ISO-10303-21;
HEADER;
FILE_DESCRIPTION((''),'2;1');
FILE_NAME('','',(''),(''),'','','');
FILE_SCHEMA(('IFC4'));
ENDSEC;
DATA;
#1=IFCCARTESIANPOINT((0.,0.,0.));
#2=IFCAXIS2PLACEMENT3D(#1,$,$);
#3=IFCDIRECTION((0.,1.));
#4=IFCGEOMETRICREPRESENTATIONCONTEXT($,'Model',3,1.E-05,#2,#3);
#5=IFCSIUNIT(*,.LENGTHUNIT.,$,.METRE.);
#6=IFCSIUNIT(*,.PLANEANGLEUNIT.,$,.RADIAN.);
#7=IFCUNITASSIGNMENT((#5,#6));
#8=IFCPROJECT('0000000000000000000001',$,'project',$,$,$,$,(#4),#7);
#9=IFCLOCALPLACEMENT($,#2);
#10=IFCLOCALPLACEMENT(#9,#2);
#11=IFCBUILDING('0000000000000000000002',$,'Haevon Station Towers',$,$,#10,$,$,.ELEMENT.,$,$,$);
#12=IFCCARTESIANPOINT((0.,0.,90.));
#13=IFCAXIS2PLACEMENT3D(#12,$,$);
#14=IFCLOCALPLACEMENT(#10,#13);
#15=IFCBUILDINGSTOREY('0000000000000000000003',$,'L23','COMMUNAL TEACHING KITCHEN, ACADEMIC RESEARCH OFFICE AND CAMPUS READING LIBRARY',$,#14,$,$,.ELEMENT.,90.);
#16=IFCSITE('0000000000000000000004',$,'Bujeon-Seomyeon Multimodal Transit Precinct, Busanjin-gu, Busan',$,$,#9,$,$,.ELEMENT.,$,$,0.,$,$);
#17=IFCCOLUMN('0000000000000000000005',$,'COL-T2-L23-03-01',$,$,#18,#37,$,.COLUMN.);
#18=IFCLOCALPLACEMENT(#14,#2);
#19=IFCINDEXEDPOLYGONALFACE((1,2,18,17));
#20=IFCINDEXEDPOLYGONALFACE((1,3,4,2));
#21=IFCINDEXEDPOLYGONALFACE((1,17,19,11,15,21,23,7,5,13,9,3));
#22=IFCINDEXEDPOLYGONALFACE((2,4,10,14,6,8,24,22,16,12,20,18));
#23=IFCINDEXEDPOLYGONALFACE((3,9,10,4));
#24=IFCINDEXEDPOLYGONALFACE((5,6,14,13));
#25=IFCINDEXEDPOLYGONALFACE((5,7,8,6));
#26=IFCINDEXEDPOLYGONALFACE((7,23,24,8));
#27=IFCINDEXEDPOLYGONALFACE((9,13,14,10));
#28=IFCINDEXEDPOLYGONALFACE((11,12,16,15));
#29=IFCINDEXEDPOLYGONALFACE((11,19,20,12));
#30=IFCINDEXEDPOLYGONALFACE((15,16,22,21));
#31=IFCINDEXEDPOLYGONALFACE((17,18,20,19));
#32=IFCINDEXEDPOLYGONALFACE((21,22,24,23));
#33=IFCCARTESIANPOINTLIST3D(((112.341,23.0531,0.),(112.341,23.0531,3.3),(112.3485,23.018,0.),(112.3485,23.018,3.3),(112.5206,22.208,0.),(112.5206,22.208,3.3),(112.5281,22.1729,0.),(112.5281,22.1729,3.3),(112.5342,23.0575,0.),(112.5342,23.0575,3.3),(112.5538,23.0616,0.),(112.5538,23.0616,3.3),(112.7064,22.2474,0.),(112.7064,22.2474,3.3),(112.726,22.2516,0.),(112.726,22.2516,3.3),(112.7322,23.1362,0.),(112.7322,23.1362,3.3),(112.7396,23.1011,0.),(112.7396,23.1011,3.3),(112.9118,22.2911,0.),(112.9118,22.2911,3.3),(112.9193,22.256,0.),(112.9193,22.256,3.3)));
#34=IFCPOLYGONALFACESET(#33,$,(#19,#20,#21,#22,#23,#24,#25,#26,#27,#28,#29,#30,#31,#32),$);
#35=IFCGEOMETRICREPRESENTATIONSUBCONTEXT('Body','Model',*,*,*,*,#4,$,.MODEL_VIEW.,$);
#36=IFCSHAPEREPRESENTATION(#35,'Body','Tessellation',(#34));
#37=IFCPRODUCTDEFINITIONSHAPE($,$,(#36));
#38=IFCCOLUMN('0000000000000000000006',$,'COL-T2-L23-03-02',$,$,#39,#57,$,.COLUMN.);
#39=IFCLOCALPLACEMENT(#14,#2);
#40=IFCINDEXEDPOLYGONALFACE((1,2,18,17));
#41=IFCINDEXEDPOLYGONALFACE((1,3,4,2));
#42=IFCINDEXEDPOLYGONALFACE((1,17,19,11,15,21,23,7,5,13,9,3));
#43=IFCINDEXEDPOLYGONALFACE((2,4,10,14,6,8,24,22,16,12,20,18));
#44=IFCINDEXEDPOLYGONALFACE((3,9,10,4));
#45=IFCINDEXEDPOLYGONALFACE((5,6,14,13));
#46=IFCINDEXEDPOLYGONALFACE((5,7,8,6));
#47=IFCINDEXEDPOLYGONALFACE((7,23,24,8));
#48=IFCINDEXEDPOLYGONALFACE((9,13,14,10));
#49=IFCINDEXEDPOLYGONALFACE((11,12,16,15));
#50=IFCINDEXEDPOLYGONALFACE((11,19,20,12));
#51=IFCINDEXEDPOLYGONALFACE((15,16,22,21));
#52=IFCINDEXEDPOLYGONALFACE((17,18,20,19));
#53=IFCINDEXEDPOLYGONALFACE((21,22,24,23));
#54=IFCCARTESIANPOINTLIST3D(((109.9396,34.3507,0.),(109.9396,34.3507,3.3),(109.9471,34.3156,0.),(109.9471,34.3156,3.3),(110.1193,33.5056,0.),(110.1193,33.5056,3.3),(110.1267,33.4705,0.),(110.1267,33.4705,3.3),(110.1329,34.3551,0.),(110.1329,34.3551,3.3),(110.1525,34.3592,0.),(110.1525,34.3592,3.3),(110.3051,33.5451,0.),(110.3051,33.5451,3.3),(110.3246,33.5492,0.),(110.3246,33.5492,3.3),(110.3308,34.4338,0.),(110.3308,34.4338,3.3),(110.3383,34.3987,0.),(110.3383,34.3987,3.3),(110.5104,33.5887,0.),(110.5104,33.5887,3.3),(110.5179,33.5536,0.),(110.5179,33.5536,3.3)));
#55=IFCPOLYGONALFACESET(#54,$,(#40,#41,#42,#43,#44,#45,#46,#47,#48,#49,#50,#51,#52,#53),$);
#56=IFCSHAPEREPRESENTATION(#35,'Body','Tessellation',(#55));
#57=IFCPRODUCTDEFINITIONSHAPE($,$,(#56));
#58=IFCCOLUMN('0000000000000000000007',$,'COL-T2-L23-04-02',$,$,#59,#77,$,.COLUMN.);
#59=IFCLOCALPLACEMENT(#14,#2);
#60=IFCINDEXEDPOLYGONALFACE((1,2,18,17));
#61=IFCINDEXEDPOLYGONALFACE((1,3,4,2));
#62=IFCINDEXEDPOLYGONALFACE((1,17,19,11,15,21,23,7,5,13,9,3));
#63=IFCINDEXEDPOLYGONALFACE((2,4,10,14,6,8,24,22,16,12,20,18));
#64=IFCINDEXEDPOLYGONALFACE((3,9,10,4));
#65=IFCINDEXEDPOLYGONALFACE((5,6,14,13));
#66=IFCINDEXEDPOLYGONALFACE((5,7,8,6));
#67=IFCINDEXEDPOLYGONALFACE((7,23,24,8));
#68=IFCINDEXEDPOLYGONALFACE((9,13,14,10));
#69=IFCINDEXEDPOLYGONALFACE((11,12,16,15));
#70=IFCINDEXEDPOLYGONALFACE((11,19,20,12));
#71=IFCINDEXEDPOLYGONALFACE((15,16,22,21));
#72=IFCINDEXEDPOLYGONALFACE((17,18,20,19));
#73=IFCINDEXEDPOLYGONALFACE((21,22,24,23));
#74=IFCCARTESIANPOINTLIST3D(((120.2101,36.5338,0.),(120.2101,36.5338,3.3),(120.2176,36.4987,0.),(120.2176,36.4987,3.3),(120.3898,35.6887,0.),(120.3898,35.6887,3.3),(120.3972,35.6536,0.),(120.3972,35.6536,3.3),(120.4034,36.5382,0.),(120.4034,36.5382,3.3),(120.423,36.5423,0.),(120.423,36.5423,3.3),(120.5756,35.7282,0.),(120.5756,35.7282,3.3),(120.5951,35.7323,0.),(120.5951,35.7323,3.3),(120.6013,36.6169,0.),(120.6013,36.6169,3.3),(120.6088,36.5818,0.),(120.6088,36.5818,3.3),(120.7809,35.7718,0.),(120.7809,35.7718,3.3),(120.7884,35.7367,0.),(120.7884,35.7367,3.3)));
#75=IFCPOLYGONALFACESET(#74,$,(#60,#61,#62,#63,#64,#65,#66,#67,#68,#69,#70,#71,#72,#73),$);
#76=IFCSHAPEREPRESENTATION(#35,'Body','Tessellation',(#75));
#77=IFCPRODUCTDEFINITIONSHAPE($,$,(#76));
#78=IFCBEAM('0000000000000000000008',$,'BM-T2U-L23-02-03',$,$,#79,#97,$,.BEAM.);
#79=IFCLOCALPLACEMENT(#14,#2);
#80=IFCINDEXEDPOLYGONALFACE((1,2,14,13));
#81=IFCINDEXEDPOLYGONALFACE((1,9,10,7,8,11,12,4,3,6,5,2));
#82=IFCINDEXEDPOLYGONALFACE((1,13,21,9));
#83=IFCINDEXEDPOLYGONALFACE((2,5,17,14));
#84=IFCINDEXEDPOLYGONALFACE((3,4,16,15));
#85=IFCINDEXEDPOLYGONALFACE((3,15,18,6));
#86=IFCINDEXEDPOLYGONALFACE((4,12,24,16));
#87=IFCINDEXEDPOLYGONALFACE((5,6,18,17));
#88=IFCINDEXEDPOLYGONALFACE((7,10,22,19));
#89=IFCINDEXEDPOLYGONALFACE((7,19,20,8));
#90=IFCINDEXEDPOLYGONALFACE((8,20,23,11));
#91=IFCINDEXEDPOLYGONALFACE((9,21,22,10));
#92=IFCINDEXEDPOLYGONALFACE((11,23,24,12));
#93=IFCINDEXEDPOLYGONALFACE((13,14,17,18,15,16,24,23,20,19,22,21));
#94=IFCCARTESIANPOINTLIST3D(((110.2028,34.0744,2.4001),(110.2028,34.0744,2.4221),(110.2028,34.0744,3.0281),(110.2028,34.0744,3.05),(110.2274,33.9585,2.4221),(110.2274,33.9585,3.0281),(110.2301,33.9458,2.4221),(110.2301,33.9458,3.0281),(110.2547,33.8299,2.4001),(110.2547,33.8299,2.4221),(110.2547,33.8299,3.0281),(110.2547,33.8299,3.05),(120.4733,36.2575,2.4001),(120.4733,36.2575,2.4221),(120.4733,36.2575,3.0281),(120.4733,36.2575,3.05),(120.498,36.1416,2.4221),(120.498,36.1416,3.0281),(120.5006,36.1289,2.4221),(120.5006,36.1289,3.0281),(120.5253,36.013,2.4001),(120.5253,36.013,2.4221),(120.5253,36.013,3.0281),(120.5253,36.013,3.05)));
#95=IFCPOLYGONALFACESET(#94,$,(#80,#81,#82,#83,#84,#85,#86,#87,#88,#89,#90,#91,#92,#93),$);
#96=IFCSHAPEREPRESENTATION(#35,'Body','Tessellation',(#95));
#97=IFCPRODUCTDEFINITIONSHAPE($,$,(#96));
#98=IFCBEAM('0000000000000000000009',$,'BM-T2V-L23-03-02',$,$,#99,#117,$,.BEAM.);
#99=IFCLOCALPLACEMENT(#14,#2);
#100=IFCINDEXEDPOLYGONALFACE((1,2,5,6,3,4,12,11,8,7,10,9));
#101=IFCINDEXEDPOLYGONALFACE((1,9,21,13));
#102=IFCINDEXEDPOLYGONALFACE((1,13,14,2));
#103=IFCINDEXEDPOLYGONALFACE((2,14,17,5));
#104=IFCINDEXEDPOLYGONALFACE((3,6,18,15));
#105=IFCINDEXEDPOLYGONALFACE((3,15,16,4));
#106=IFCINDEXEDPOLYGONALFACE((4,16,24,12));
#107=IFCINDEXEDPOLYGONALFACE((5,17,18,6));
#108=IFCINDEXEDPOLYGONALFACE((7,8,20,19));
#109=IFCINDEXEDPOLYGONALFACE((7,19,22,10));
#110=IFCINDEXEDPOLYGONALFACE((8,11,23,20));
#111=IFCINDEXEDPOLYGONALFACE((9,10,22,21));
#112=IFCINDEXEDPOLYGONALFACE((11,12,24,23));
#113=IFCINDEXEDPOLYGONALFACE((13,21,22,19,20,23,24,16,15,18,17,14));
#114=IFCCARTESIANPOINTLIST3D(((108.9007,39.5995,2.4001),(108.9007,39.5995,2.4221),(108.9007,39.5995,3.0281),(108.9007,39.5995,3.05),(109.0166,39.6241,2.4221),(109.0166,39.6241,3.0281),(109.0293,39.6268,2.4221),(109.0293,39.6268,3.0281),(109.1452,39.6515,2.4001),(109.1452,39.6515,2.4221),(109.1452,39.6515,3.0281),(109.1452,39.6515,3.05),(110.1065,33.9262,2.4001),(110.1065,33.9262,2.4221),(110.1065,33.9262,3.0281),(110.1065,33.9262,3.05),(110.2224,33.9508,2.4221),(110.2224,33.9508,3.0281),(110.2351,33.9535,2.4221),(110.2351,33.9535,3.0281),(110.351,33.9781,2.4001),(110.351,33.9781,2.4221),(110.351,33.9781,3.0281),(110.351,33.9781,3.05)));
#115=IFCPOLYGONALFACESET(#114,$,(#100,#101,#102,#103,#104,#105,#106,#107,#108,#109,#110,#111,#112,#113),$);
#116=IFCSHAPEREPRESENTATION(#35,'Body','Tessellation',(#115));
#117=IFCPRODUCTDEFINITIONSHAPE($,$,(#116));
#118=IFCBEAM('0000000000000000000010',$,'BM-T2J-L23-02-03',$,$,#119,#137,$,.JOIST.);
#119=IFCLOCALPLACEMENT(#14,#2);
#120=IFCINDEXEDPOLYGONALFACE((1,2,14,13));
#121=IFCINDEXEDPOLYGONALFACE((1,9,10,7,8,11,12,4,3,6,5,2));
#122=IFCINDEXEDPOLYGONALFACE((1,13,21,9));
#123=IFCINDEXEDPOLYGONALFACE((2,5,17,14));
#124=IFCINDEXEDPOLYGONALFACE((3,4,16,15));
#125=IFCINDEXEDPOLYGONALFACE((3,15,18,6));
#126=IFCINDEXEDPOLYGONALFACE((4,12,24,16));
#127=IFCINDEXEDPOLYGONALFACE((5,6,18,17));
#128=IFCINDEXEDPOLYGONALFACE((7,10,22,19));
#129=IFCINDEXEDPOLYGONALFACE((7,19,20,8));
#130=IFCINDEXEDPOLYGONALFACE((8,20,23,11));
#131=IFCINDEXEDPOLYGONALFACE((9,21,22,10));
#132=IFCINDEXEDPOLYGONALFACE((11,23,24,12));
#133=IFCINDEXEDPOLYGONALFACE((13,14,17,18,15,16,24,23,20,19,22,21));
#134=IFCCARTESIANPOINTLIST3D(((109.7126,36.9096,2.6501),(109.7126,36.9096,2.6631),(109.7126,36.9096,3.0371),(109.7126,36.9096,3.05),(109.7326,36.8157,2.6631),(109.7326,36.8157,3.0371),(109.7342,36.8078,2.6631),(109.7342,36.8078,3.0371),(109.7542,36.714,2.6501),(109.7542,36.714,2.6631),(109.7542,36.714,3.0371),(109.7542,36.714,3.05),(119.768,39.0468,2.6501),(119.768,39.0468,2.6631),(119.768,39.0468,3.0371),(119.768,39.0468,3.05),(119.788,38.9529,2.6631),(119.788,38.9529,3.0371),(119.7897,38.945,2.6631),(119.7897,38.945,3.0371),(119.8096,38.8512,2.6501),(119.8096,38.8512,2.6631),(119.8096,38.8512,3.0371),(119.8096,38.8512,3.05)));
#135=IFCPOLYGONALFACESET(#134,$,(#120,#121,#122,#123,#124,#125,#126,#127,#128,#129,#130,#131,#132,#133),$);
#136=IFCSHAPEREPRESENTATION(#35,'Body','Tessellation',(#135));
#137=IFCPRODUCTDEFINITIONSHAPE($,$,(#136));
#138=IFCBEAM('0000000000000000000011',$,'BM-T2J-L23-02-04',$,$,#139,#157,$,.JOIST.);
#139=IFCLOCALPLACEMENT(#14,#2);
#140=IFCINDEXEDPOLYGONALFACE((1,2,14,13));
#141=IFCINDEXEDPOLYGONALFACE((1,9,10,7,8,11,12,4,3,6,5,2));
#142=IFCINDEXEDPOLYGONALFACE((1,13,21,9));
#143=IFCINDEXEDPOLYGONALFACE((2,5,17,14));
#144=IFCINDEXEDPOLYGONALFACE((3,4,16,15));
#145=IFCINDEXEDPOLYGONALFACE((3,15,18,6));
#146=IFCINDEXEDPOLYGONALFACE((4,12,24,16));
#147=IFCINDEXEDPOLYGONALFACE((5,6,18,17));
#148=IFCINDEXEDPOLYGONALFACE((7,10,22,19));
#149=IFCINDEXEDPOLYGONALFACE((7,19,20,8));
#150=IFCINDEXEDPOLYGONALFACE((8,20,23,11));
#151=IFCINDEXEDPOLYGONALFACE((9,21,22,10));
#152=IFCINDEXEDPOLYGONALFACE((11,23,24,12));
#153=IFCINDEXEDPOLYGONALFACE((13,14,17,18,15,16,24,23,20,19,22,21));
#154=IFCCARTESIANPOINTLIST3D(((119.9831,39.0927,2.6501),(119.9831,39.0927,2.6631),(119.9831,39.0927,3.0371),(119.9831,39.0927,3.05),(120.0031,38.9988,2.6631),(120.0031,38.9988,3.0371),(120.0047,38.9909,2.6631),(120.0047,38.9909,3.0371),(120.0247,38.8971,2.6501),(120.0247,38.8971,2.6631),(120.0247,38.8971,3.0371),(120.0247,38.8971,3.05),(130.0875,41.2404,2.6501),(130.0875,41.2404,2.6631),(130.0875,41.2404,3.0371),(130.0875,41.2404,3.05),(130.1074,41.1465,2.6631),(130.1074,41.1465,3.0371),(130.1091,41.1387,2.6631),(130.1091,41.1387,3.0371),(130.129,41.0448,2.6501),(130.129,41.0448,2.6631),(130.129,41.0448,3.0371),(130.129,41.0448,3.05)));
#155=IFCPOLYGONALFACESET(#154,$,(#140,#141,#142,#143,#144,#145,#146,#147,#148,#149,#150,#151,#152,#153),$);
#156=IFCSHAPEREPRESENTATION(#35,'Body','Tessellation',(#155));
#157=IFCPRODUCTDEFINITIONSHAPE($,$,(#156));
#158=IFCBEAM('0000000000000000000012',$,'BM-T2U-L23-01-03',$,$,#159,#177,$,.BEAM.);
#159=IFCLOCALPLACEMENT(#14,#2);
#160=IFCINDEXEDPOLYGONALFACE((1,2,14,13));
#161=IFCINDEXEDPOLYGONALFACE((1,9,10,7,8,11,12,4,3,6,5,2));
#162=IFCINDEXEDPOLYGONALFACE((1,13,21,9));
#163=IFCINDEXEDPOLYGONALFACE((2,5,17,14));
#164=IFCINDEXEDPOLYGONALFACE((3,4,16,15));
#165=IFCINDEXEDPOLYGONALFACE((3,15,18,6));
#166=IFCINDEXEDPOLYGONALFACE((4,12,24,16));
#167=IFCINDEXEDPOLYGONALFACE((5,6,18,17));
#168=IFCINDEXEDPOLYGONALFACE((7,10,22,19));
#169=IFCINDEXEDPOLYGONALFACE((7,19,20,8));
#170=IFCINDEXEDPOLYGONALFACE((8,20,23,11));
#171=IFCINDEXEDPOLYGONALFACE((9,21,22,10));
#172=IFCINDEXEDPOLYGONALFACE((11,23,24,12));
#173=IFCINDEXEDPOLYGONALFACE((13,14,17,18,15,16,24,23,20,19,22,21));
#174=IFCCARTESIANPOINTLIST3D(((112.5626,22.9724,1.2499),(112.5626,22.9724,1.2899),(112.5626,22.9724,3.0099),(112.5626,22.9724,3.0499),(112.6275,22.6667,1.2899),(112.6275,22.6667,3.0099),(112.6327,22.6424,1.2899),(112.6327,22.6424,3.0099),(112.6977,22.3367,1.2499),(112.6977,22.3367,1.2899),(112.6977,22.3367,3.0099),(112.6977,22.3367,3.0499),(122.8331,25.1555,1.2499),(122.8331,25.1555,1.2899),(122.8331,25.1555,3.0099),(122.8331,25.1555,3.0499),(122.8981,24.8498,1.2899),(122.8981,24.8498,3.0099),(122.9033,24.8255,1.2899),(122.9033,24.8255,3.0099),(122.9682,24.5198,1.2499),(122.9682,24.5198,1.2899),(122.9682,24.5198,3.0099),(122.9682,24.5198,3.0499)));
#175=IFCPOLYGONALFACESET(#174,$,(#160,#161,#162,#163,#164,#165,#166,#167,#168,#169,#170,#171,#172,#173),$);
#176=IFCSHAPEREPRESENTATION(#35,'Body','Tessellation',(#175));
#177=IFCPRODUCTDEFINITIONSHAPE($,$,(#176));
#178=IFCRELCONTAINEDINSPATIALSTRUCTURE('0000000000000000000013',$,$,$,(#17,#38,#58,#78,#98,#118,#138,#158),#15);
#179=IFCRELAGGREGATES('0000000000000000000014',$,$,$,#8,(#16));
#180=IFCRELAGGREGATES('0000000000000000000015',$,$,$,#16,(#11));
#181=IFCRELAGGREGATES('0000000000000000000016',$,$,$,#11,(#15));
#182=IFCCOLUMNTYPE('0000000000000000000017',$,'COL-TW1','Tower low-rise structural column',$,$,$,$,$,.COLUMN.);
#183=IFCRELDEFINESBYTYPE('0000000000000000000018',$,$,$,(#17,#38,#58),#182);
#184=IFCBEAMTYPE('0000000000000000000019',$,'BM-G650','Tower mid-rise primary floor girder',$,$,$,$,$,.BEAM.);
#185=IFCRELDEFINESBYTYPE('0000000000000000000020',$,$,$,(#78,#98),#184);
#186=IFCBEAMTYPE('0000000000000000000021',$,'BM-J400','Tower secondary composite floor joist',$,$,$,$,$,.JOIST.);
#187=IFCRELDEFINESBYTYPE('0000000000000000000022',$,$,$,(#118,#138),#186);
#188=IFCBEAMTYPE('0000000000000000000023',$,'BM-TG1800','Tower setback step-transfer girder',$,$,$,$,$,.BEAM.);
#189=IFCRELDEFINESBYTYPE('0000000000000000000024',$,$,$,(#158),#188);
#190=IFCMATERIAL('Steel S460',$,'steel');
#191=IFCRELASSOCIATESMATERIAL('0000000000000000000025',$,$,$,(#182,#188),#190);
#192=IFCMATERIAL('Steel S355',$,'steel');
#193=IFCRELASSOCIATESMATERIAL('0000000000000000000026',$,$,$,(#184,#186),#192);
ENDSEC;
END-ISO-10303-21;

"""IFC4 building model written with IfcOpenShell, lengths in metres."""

from ifc_helpers import new_model, si_unit, direction, frame, origin, origin_2d, place, context, subcontext, project, spatial, i_section, extrude, material, material_profile, profile_set, type_object, element, save


model = new_model("IFC4")

# Units and contexts
model_context = context("Model", 3, precision=1e-05, world=origin(), true_north=direction((0.0, 1.0)))
body_context = subcontext(model_context, "Body", "Model", "MODEL_VIEW")
ifc_project = project(units=[si_unit("LENGTHUNIT", "METRE"), si_unit("PLANEANGLEUNIT", "RADIAN")], contexts=[model_context])

# Site, building, storey
site_placement = place(None, origin())
site = spatial("IfcSite", under=ifc_project, at=site_placement, Name="Bujeon-Seomyeon Multimodal Transit Precinct, Busanjin-gu, Busan", CompositionType="ELEMENT", RefElevation=0.0)
building_placement = place(site_placement, origin())
building = spatial("IfcBuilding", under=site, at=building_placement, Name="Haevon Station Towers", CompositionType="ELEMENT")
storey_placement = place(building_placement, frame((0.0, 0.0, 90.0)))
storey = spatial("IfcBuildingStorey", under=building, at=storey_placement, Name="L23", Description="COMMUNAL TEACHING KITCHEN, ACADEMIC RESEARCH OFFICE AND CAMPUS READING LIBRARY", CompositionType="ELEMENT", Elevation=90.0)

# Columns
ifc_material_1 = material(Name="Steel S460", Category="steel")
ifc_material_profile_1 = material_profile(ifc_material_1, i_section(OverallWidth=0.3999, OverallDepth=0.8999, WebThickness=0.02, FlangeThickness=0.0359, at=origin_2d()), Name="H-900x400x20x36")
ifc_profile_set_1 = profile_set([ifc_material_profile_1], Name="Steel S460")
column_type = type_object("IfcColumnType", Name="COL-TW1", Description="Tower low-rise structural column", PredefinedType="COLUMN", material=ifc_profile_set_1)
for number, where, z_axis, x_axis, name in (
    (1, (112.6301, 22.6545, 0.0), (0.0, 0.0, 1.0), (0.978148, 0.207912, 0.0), "COL-T2-L23-03-01"),
    (2, (110.2288, 33.9521, 0.0), (0.0, 0.0, 1.0), (0.978148, 0.207912, 0.0), "COL-T2-L23-03-02"),
    (3, (120.4993, 36.1353, 0.0), (0.0, 0.0, 1.0), (0.978148, 0.207912, 0.0), "COL-T2-L23-04-02"),
):
    element("IfcColumn", number, at=place(storey_placement, frame(where, z_axis=z_axis, x_axis=x_axis)), inside=storey, type_object=column_type, Name=name, PredefinedType="COLUMN", context=body_context, shape_type="SweptSolid", body=[
        extrude(i_section(OverallWidth=0.3999, OverallDepth=0.8999, WebThickness=0.02, FlangeThickness=0.0359, at=origin_2d()), origin(), (0.0, 0.0, 1.0), 3.3),
    ])

# Beams
ifc_material_2 = material(Name="Steel S355", Category="steel")
ifc_material_profile_2 = material_profile(ifc_material_2, i_section(OverallWidth=0.25, OverallDepth=0.6499, WebThickness=0.0129, FlangeThickness=0.022, at=origin_2d()), Name="H-650x250x13x22")
ifc_profile_set_2 = profile_set([ifc_material_profile_2], Name="Steel S355")
beam_type_1 = type_object("IfcBeamType", Name="BM-G650", Description="Tower mid-rise primary floor girder", PredefinedType="BEAM", material=ifc_profile_set_2)
beam_1_placement = place(storey_placement, frame((110.2288, 33.9521, 2.7251), z_axis=(0.978147, 0.207915, 0.0), x_axis=(-0.207915, 0.978147, 0.0)))
element("IfcBeam", 4, at=beam_1_placement, inside=storey, type_object=beam_type_1, Name="BM-T2U-L23-02-03", PredefinedType="BEAM", context=body_context, shape_type="SweptSolid", body=[
    extrude(i_section(OverallWidth=0.25, OverallDepth=0.6499, WebThickness=0.0129, FlangeThickness=0.022, at=origin_2d()), origin(), (0.0, 0.0, 1.0), 10.5),
])
beam_2_placement = place(storey_placement, frame((110.2288, 33.9521, 2.7251), z_axis=(-0.207896, 0.978151, 0.0), x_axis=(-0.978151, -0.207896, 0.0)))
element("IfcBeam", 5, at=beam_2_placement, inside=storey, type_object=beam_type_1, Name="BM-T2V-L23-03-02", PredefinedType="BEAM", context=body_context, shape_type="SweptSolid", body=[
    extrude(i_section(OverallWidth=0.25, OverallDepth=0.6499, WebThickness=0.0129, FlangeThickness=0.022, at=origin_2d()), origin(), (0.0, 0.0, 1.0), 5.8),
])
ifc_material_profile_3 = material_profile(ifc_material_2, i_section(OverallWidth=0.2, OverallDepth=0.3999, WebThickness=0.0081, FlangeThickness=0.0129, at=origin_2d()), Name="H-400x200x8x13")
ifc_profile_set_3 = profile_set([ifc_material_profile_3], Name="Steel S355")
beam_type_2 = type_object("IfcBeamType", Name="BM-J400", Description="Tower secondary composite floor joist", PredefinedType="JOIST", material=ifc_profile_set_3)
beam_3_placement = place(storey_placement, frame((109.7334, 36.8118, 2.8501), z_axis=(0.97815, 0.207899, 0.0), x_axis=(-0.207899, 0.97815, 0.0)))
element("IfcBeam", 6, at=beam_3_placement, inside=storey, type_object=beam_type_2, Name="BM-T2J-L23-02-03", PredefinedType="JOIST", context=body_context, shape_type="SweptSolid", body=[
    extrude(i_section(OverallWidth=0.2, OverallDepth=0.3999, WebThickness=0.0081, FlangeThickness=0.0129, at=origin_2d()), origin(), (0.0, 0.0, 1.0), 10.28),
])
beam_4_placement = place(storey_placement, frame((120.0039, 38.9949, 2.8501), z_axis=(0.978148, 0.20791, 0.0), x_axis=(-0.20791, 0.978148, 0.0)))
element("IfcBeam", 7, at=beam_4_placement, inside=storey, type_object=beam_type_2, Name="BM-T2J-L23-02-04", PredefinedType="JOIST", context=body_context, shape_type="SweptSolid", body=[
    extrude(i_section(OverallWidth=0.2, OverallDepth=0.3999, WebThickness=0.0081, FlangeThickness=0.0129, at=origin_2d()), origin(), (0.0, 0.0, 1.0), 10.3301),
])
ifc_material_profile_4 = material_profile(ifc_material_1, i_section(OverallWidth=0.6499, OverallDepth=1.8, WebThickness=0.0249, FlangeThickness=0.04, at=origin_2d()), Name="H-1800x650x25x40")
ifc_profile_set_4 = profile_set([ifc_material_profile_4], Name="Steel S460")
beam_type_3 = type_object("IfcBeamType", Name="BM-TG1800", Description="Tower setback step-transfer girder", PredefinedType="BEAM", material=ifc_profile_set_4)
beam_5_placement = place(storey_placement, frame((112.6301, 22.6545, 2.1499), z_axis=(0.978147, 0.207915, 0.0), x_axis=(-0.207915, 0.978147, 0.0)))
element("IfcBeam", 8, at=beam_5_placement, inside=storey, type_object=beam_type_3, Name="BM-T2U-L23-01-03", PredefinedType="BEAM", context=body_context, shape_type="SweptSolid", body=[
    extrude(i_section(OverallWidth=0.6499, OverallDepth=1.8, WebThickness=0.0249, FlangeThickness=0.04, at=origin_2d()), origin(), (0.0, 0.0, 1.0), 10.5),
])

save(model, "model.ifc")
